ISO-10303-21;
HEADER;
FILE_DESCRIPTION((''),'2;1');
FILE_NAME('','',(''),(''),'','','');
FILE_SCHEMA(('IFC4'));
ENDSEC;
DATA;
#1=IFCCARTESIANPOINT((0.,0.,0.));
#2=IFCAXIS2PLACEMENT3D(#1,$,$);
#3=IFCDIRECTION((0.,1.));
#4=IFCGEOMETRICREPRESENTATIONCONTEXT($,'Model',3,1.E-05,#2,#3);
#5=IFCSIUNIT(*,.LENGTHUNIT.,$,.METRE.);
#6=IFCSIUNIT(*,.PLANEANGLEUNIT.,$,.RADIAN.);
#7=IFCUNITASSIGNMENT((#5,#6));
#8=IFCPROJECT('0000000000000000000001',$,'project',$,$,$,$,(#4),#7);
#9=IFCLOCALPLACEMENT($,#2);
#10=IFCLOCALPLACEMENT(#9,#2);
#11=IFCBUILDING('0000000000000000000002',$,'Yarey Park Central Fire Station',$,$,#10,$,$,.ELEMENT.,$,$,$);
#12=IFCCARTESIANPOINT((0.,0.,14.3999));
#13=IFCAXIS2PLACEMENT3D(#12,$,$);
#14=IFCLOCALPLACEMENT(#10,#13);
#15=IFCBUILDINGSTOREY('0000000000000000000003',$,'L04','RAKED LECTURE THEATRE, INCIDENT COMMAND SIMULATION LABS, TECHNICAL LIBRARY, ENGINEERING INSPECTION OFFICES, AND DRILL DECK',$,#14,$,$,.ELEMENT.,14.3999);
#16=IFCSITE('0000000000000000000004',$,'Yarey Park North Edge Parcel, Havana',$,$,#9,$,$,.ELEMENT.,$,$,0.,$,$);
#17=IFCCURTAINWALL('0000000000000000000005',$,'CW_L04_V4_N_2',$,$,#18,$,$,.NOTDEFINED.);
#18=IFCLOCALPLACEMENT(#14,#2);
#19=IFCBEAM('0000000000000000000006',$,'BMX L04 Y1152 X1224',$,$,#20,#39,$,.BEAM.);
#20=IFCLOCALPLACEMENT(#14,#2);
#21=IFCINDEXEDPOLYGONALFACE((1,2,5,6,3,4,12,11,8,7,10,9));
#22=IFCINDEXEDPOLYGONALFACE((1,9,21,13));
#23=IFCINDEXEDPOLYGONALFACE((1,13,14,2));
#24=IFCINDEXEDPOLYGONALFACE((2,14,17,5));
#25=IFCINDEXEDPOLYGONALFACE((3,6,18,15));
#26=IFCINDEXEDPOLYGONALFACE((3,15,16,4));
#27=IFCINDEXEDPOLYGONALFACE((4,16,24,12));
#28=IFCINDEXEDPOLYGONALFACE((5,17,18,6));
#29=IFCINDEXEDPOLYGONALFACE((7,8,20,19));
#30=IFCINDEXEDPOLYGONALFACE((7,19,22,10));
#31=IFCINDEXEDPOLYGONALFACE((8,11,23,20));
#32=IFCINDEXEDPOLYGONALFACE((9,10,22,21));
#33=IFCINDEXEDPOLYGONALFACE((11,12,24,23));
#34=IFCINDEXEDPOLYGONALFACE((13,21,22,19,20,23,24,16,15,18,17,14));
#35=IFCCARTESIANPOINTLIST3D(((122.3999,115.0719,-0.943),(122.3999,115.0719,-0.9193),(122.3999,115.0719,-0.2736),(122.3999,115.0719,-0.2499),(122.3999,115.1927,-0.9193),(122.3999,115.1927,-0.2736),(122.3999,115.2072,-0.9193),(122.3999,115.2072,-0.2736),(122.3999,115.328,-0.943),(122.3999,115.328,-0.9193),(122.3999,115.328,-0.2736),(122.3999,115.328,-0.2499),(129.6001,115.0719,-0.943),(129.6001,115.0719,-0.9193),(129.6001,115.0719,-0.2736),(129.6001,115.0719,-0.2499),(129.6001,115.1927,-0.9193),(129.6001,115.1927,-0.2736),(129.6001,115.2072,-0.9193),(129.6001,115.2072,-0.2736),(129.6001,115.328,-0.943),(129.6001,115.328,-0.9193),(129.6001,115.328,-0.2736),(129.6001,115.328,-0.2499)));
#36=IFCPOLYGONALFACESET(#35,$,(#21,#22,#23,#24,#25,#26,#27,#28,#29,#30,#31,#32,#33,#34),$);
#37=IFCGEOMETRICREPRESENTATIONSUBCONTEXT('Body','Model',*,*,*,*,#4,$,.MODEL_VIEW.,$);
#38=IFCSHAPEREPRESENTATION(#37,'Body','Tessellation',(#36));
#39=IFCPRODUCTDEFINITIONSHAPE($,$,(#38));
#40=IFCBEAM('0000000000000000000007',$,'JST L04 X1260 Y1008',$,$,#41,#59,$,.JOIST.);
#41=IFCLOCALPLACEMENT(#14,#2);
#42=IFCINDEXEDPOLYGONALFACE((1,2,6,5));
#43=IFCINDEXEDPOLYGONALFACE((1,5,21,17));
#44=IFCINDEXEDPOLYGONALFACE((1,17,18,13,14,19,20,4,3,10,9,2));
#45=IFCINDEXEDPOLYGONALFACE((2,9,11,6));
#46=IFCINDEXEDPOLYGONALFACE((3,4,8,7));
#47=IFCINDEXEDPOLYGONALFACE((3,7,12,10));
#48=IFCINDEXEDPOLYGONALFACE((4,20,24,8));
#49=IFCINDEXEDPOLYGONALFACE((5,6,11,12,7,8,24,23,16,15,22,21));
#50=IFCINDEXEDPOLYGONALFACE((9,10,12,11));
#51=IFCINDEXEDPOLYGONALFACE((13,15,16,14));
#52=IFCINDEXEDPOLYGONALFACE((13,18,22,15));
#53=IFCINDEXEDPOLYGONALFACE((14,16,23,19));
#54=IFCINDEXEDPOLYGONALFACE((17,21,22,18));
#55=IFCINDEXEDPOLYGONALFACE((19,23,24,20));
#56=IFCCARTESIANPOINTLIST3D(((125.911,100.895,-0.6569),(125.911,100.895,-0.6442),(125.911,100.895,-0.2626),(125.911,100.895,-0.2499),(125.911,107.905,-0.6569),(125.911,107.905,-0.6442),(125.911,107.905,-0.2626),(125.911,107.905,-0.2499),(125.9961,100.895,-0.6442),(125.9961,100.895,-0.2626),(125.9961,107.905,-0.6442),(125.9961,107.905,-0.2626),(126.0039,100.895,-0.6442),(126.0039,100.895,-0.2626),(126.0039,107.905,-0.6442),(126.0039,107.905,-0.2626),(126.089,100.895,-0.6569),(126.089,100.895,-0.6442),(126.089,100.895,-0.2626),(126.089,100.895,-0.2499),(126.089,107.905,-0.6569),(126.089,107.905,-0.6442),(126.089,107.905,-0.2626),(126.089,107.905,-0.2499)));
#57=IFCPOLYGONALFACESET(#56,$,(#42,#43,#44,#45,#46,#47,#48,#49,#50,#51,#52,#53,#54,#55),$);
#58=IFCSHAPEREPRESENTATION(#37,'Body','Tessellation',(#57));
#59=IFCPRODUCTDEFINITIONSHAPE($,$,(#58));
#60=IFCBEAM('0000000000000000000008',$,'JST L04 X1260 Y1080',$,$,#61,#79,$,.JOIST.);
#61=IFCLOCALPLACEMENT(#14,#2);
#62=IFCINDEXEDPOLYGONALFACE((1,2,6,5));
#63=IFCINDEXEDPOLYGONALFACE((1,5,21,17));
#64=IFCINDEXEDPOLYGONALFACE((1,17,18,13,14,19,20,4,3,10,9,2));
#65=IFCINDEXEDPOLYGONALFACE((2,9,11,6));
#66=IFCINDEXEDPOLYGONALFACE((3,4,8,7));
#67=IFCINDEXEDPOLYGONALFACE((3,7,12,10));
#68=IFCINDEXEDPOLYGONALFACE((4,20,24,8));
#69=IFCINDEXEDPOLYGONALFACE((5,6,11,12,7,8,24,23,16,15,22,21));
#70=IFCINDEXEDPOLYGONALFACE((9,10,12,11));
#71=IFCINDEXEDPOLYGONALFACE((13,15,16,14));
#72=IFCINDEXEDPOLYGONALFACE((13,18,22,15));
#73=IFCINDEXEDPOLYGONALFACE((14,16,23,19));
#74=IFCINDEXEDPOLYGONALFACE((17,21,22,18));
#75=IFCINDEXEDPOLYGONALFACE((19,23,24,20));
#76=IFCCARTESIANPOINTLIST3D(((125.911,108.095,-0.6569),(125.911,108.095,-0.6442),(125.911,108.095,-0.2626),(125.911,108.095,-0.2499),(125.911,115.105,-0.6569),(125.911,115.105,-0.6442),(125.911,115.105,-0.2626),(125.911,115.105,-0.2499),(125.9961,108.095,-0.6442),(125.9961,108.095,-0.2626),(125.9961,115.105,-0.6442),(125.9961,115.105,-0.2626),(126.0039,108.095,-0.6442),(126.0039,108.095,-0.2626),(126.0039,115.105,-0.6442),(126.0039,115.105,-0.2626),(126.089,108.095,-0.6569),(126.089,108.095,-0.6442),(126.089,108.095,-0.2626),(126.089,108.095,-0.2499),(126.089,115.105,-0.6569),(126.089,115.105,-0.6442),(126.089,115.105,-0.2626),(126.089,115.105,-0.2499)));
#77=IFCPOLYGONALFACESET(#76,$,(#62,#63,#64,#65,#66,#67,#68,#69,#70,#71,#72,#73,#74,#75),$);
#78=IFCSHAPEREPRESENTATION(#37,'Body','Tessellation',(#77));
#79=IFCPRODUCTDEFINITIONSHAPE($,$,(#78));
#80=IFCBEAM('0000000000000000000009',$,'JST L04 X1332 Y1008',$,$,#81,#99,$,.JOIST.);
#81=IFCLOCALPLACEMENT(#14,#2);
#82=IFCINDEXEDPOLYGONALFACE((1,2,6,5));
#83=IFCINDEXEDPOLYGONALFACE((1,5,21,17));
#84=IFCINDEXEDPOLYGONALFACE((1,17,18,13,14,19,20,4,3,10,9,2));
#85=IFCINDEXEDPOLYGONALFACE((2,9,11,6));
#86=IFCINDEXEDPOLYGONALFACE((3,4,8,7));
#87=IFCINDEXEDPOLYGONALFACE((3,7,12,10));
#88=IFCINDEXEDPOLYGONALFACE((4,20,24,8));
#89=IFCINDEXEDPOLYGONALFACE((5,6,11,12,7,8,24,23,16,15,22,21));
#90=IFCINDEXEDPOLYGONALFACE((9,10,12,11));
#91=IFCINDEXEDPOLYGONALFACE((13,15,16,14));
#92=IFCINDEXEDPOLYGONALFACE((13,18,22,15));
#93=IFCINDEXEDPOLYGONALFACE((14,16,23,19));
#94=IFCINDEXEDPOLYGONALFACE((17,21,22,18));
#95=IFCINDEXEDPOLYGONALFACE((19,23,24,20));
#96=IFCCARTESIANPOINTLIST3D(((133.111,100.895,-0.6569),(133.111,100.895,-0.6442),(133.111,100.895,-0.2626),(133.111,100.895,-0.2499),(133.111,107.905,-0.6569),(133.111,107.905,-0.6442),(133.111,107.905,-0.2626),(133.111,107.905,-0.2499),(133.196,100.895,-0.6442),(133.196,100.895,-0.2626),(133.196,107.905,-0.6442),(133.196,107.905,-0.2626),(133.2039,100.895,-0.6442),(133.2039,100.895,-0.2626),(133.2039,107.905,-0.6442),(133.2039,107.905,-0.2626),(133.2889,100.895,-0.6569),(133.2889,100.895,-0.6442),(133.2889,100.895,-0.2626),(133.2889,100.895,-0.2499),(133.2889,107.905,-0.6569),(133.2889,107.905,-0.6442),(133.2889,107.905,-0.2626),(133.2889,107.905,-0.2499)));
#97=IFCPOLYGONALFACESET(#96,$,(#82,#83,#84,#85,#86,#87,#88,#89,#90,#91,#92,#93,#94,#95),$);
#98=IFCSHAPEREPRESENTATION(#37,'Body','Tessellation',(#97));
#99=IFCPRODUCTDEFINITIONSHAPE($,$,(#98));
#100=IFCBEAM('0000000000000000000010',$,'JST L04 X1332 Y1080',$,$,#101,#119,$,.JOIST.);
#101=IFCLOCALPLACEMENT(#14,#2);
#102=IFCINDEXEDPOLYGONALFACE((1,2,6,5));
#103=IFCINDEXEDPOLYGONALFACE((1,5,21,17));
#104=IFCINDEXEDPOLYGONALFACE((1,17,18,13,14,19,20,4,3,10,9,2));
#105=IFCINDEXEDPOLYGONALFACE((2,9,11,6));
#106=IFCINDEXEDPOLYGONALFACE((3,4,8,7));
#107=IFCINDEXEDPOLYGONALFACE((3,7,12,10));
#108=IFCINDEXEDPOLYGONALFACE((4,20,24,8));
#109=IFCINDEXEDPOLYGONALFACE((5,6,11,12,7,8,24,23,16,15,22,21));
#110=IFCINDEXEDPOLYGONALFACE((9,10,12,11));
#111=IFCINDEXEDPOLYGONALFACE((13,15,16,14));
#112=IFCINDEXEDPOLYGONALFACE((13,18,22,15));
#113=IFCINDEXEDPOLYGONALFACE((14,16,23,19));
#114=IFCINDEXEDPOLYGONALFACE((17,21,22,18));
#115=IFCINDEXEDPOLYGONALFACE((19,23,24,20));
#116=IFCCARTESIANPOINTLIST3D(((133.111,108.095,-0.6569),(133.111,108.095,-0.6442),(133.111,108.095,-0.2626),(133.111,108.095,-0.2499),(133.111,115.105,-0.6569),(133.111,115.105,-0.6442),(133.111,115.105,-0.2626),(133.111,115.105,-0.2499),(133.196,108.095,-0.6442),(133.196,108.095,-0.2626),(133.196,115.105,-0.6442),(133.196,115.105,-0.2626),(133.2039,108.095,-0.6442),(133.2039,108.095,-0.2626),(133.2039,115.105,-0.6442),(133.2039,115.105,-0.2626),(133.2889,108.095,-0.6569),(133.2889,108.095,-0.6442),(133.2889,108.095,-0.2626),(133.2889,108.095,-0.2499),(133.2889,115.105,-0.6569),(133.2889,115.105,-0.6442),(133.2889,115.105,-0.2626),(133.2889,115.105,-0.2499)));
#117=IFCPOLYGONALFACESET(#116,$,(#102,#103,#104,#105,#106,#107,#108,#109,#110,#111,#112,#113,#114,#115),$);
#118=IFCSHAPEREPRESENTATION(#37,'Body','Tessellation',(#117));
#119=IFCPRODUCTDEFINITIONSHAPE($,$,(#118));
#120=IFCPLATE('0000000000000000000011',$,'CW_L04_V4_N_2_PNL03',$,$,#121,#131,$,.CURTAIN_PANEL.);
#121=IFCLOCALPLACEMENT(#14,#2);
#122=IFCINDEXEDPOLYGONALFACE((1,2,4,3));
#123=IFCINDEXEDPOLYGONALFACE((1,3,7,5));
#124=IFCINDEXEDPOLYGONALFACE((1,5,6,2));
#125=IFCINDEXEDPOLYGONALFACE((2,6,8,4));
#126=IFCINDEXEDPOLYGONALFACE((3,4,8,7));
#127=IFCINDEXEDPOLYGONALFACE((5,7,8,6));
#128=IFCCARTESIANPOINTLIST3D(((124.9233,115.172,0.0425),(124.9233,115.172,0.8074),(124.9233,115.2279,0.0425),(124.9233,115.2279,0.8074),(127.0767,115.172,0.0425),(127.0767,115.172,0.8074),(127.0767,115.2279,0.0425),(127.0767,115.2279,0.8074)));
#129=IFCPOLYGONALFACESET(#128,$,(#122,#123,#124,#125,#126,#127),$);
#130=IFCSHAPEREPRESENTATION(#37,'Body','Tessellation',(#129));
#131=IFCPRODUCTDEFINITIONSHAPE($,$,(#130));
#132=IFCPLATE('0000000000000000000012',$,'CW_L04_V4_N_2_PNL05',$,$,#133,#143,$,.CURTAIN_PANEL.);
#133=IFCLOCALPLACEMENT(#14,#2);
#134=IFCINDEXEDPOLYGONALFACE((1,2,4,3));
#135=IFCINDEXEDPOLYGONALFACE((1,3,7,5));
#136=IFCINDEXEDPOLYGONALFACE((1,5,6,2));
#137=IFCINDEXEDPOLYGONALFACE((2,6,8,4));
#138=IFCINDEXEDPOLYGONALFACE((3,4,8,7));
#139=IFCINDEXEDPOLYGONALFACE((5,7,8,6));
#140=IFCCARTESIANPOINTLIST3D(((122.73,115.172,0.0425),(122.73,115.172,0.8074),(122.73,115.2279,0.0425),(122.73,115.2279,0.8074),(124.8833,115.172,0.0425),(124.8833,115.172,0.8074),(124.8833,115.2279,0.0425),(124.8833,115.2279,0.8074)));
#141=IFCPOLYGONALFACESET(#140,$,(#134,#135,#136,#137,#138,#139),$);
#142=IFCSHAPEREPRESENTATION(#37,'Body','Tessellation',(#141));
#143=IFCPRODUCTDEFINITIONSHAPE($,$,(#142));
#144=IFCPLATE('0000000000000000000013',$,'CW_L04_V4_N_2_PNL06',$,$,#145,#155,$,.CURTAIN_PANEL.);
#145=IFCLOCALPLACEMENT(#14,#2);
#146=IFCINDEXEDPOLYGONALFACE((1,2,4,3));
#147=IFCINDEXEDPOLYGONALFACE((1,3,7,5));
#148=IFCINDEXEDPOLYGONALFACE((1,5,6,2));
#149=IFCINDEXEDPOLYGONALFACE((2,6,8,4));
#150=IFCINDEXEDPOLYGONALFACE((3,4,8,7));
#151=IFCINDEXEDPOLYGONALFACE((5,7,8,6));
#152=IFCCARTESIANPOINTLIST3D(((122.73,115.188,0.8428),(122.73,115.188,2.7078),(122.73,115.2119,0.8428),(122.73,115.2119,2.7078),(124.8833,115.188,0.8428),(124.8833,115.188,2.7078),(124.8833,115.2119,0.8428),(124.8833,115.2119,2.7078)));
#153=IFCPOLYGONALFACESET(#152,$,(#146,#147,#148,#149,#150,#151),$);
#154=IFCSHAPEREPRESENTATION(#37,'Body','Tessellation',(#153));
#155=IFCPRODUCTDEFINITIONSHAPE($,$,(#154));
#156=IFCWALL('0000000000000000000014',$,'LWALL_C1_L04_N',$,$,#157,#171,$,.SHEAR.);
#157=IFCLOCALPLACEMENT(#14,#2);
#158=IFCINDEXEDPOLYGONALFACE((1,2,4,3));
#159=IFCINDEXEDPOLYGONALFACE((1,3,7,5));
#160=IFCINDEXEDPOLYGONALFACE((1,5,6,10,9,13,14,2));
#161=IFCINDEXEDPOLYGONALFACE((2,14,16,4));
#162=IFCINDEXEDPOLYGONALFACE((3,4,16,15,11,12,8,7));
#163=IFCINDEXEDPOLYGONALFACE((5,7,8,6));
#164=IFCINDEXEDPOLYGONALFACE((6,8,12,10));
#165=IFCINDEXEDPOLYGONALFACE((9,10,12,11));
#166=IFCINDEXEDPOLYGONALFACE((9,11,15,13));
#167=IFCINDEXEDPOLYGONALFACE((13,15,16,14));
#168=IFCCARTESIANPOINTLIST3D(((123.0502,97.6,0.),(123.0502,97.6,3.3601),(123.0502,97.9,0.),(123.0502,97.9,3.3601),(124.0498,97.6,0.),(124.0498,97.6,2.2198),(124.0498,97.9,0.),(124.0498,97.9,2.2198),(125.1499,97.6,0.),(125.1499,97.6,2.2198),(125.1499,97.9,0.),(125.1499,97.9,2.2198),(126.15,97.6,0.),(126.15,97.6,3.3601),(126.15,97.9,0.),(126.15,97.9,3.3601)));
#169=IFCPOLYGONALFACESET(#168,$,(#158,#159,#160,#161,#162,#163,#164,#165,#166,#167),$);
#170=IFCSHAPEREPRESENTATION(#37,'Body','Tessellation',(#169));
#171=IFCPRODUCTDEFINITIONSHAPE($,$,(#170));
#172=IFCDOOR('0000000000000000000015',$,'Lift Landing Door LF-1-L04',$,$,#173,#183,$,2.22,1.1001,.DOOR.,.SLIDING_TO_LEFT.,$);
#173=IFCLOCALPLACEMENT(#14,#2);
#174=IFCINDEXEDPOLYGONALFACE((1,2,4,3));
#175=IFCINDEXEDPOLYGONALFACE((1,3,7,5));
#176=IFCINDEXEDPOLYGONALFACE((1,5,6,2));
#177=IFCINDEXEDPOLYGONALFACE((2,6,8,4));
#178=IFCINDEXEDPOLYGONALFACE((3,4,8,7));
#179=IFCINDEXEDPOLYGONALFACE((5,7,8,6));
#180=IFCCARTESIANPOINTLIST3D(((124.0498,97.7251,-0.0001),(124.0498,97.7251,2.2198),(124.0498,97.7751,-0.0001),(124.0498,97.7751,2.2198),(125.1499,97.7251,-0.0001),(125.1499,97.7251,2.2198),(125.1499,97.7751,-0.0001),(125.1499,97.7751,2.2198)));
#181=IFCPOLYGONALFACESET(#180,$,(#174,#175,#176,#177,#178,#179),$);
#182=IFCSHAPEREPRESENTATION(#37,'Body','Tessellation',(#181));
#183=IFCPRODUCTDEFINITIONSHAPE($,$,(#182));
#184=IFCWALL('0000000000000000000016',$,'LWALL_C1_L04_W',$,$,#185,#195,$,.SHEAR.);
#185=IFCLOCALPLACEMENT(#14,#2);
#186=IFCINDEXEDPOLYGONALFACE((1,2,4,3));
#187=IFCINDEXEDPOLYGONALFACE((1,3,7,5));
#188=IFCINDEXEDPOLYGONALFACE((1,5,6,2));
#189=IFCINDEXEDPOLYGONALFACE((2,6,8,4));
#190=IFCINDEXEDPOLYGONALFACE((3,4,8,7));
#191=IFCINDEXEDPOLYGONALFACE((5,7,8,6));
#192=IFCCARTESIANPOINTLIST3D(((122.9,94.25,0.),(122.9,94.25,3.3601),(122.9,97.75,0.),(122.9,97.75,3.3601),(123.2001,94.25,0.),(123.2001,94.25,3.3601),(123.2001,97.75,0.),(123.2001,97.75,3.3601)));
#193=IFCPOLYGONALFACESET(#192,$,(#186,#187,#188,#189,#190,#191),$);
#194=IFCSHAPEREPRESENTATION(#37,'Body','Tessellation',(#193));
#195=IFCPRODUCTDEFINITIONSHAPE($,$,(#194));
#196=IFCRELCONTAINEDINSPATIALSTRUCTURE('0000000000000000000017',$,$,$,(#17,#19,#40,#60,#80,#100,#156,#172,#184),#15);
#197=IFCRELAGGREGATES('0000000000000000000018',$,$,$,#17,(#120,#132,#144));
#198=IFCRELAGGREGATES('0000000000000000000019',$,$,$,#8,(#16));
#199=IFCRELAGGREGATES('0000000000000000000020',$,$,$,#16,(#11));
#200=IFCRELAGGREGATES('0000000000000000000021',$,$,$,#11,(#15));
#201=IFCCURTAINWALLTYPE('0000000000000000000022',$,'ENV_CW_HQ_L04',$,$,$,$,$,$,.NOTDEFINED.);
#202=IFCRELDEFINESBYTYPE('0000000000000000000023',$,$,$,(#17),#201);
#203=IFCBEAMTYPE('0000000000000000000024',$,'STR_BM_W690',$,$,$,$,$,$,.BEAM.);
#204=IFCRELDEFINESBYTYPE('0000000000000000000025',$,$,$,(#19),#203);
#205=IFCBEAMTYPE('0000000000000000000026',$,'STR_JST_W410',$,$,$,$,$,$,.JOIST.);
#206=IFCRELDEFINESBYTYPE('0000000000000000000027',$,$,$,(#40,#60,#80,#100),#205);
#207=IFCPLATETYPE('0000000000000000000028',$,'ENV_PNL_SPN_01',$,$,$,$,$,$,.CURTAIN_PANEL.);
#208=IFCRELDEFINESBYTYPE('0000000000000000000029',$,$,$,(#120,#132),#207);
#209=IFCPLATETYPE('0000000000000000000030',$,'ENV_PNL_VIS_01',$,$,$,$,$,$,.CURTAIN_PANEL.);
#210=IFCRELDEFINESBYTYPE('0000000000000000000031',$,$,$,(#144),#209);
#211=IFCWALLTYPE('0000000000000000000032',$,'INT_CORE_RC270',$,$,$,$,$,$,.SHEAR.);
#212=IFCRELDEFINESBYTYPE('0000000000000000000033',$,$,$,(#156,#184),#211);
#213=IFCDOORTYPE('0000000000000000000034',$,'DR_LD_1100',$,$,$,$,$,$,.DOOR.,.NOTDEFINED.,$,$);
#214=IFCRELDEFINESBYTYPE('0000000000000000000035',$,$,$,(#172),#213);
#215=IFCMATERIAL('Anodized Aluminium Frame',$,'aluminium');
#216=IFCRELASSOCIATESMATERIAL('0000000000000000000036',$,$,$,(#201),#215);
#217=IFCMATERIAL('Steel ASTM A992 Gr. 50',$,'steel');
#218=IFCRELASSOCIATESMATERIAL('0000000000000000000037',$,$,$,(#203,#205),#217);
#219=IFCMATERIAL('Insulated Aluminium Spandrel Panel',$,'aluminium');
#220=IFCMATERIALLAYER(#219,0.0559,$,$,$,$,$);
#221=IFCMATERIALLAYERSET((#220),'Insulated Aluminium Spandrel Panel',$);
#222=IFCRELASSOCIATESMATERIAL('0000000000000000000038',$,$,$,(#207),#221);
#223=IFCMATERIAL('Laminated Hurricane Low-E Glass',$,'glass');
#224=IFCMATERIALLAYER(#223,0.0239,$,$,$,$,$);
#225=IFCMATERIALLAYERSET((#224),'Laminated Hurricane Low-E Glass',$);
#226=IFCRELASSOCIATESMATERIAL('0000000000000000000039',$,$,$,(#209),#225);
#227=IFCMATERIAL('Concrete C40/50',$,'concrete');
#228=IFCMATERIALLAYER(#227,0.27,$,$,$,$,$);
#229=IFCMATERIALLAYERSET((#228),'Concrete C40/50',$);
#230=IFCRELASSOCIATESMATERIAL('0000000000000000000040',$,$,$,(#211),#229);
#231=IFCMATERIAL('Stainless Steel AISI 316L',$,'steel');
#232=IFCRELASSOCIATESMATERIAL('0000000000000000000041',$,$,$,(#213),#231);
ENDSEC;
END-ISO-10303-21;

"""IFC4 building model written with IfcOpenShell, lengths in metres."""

from ifc_helpers import new_model, si_unit, direction, frame, frame_2d, origin, origin_2d, place, context, subcontext, project, spatial, rectangle, i_section, extrude, material, layer, layer_set, material_profile, profile_set, type_object, element, fill, aggregate, save


model = new_model("IFC4")

# Units and contexts
model_context = context("Model", 3, precision=1e-05, world=origin(), true_north=direction((0.0, 1.0)))
body_context = subcontext(model_context, "Body", "Model", "MODEL_VIEW")
ifc_project = project(units=[si_unit("LENGTHUNIT", "METRE"), si_unit("PLANEANGLEUNIT", "RADIAN")], contexts=[model_context])

# Site, building, storey
site_placement = place(None, origin())
site = spatial("IfcSite", under=ifc_project, at=site_placement, Name="Yarey Park North Edge Parcel, Havana", CompositionType="ELEMENT", RefElevation=0.0)
building_placement = place(site_placement, origin())
building = spatial("IfcBuilding", under=site, at=building_placement, Name="Yarey Park Central Fire Station", CompositionType="ELEMENT")
storey_placement = place(building_placement, frame((0.0, 0.0, 14.3999)))
storey = spatial("IfcBuildingStorey", under=building, at=storey_placement, Name="L04", Description="RAKED LECTURE THEATRE, INCIDENT COMMAND SIMULATION LABS, TECHNICAL LIBRARY, ENGINEERING INSPECTION OFFICES, AND DRILL DECK", CompositionType="ELEMENT", Elevation=14.3999)

# Shared definitions
ifc_material_1 = material(Name="Concrete C40/50", Category="concrete")

# Curtain wall
ifc_material_2 = material(Name="Anodized Aluminium Frame", Category="aluminium")
curtain_wall_type = type_object("IfcCurtainWallType", Name="ENV_CW_HQ_L04", PredefinedType="NOTDEFINED", material=ifc_material_2)
curtain_wall_placement = place(storey_placement, origin())
curtain_wall = element("IfcCurtainWall", 1, at=curtain_wall_placement, inside=storey, type_object=curtain_wall_type, Name="CW_L04_V4_N_2", PredefinedType="NOTDEFINED")

# Beams
ifc_material_3 = material(Name="Steel ASTM A992 Gr. 50", Category="steel")
ifc_material_profile_1 = material_profile(ifc_material_3, i_section(OverallWidth=0.2561, OverallDepth=0.6931, WebThickness=0.0144, FlangeThickness=0.0237, at=origin_2d()), Name="W690x170")
ifc_profile_set_1 = profile_set([ifc_material_profile_1], Name="Steel ASTM A992 Gr. 50")
beam_type_1 = type_object("IfcBeamType", Name="STR_BM_W690", PredefinedType="BEAM", material=ifc_profile_set_1)
beam_placement = place(storey_placement, frame((122.3999, 115.2, -0.5964), z_axis=(1.0, 0.0, 0.0), x_axis=(0.0, 1.0, 0.0)))
element("IfcBeam", 2, at=beam_placement, inside=storey, type_object=beam_type_1, Name="BMX L04 Y1152 X1224", PredefinedType="BEAM", context=body_context, shape_type="SweptSolid", body=[
    extrude(i_section(OverallWidth=0.2561, OverallDepth=0.6931, WebThickness=0.0144, FlangeThickness=0.0237, at=origin_2d()), origin(), (0.0, 0.0, 1.0), 7.2002),
])
ifc_material_profile_2 = material_profile(ifc_material_3, i_section(OverallWidth=0.178, OverallDepth=0.407, WebThickness=0.0078, FlangeThickness=0.0127, at=origin_2d()), Name="W410x60")
ifc_profile_set_2 = profile_set([ifc_material_profile_2], Name="Steel ASTM A992 Gr. 50")
beam_type_2 = type_object("IfcBeamType", Name="STR_JST_W410", PredefinedType="JOIST", material=ifc_profile_set_2)
for number, where, z_axis, x_axis, name in (
    (3, (126.0, 100.895, -0.4534), (0.0, 1.0, 0.0), (-1.0, 0.0, 0.0), "JST L04 X1260 Y1008"),
    (4, (126.0, 108.095, -0.4534), (0.0, 1.0, 0.0), (-1.0, 0.0, 0.0), "JST L04 X1260 Y1080"),
    (5, (133.2, 100.895, -0.4534), (0.0, 1.0, 0.0), (-1.0, 0.0, 0.0), "JST L04 X1332 Y1008"),
    (6, (133.2, 108.095, -0.4534), (0.0, 1.0, 0.0), (-1.0, 0.0, 0.0), "JST L04 X1332 Y1080"),
):
    element("IfcBeam", number, at=place(storey_placement, frame(where, z_axis=z_axis, x_axis=x_axis)), inside=storey, type_object=beam_type_2, Name=name, PredefinedType="JOIST", context=body_context, shape_type="SweptSolid", body=[
        extrude(i_section(OverallWidth=0.178, OverallDepth=0.407, WebThickness=0.0078, FlangeThickness=0.0127, at=origin_2d()), origin(), (0.0, 0.0, 1.0), 7.01),
    ])

# Plates
ifc_material_4 = material(Name="Insulated Aluminium Spandrel Panel", Category="aluminium")
ifc_layer_1 = layer(ifc_material_4, 0.0559)
ifc_layer_set_1 = layer_set([ifc_layer_1], Name="Insulated Aluminium Spandrel Panel")
plate_type_1 = type_object("IfcPlateType", Name="ENV_PNL_SPN_01", PredefinedType="CURTAIN_PANEL", material=ifc_layer_set_1)
plate_1_placement = place(storey_placement, frame((126.0, 115.2, 0.0425), z_axis=(0.0, 0.0, 1.0), x_axis=(-1.0, 0.0, 0.0)))
plate_1 = element("IfcPlate", 7, at=plate_1_placement, type_object=plate_type_1, Name="CW_L04_V4_N_2_PNL03", PredefinedType="CURTAIN_PANEL", context=body_context, shape_type="SweptSolid", body=[
    extrude(rectangle(XDim=2.1533, YDim=0.0559, at=origin_2d()), origin(), (0.0, 0.0, 1.0), 0.7649),
])
plate_2_placement = place(storey_placement, frame((123.8066, 115.2, 0.0425), z_axis=(0.0, 0.0, 1.0), x_axis=(-1.0, 0.0, 0.0)))
plate_2 = element("IfcPlate", 8, at=plate_2_placement, type_object=plate_type_1, Name="CW_L04_V4_N_2_PNL05", PredefinedType="CURTAIN_PANEL", context=body_context, shape_type="SweptSolid", body=[
    extrude(rectangle(XDim=2.1533, YDim=0.0559, at=origin_2d()), origin(), (0.0, 0.0, 1.0), 0.7649),
])
ifc_material_5 = material(Name="Laminated Hurricane Low-E Glass", Category="glass")
ifc_layer_2 = layer(ifc_material_5, 0.0239)
ifc_layer_set_2 = layer_set([ifc_layer_2], Name="Laminated Hurricane Low-E Glass")
plate_type_2 = type_object("IfcPlateType", Name="ENV_PNL_VIS_01", PredefinedType="CURTAIN_PANEL", material=ifc_layer_set_2)
plate_3_placement = place(storey_placement, frame((123.8066, 115.2, 0.8428), z_axis=(0.0, 0.0, 1.0), x_axis=(-1.0, 0.0, 0.0)))
plate_3 = element("IfcPlate", 9, at=plate_3_placement, type_object=plate_type_2, Name="CW_L04_V4_N_2_PNL06", PredefinedType="CURTAIN_PANEL", context=body_context, shape_type="SweptSolid", body=[
    extrude(rectangle(XDim=2.1533, YDim=0.0239, at=origin_2d()), origin(), (0.0, 0.0, 1.0), 1.865),
])
aggregate(curtain_wall, [plate_1, plate_2, plate_3])

# Wall, opening, door
ifc_layer_3 = layer(ifc_material_1, 0.27)
ifc_layer_set_3 = layer_set([ifc_layer_3], Name="Concrete C40/50")
wall_type = type_object("IfcWallType", Name="INT_CORE_RC270", PredefinedType="SHEAR", material=ifc_layer_set_3)
wall_1_placement = place(storey_placement, frame((126.1499, 97.75, 0.0), z_axis=(0.0, 0.0, 1.0), x_axis=(-1.0, 0.0, 0.0)))
wall_1 = element("IfcWall", 10, at=wall_1_placement, inside=storey, type_object=wall_type, Name="LWALL_C1_L04_N", PredefinedType="SHEAR", context=body_context, shape_type="SweptSolid", body=[
    extrude(rectangle(XDim=3.0999, YDim=0.3, at=frame_2d((1.5498, 0.0))), origin(), (0.0, 0.0, 1.0), 3.3601),
])
opening_1_placement = place(wall_1_placement, frame((1.0, 0.0, 0.0)))
opening_1 = element("IfcOpeningElement", 11, at=opening_1_placement, cuts=wall_1, PredefinedType="OPENING", context=body_context, shape_type="SweptSolid", body=[
    extrude(rectangle(XDim=1.1001, YDim=2.22, at=frame_2d((0.55, 1.1099))), frame((0.0, 0.1599, 0.0), z_axis=(0.0, -1.0, 0.0), x_axis=(1.0, 0.0, 0.0)), (0.0, 0.0, 1.0), 0.3201),
])
ifc_material_6 = material(Name="Stainless Steel AISI 316L", Category="steel")
door_type_1 = type_object("IfcDoorType", Name="DR_LD_1100", OperationType="NOTDEFINED", PredefinedType="DOOR", material=ifc_material_6)
door_1_placement = place(opening_1_placement, origin())
door_1 = element("IfcDoor", 12, at=door_1_placement, inside=storey, type_object=door_type_1, Name="Lift Landing Door LF-1-L04", OperationType="SLIDING_TO_LEFT", OverallHeight=2.22, OverallWidth=1.1001, PredefinedType="DOOR", context=body_context, shape_type="SweptSolid", body=[
    extrude(rectangle(XDim=1.1001, YDim=2.22, at=frame_2d((0.55, 1.1099))), frame((0.0, 0.0249, 0.0), z_axis=(0.0, -1.0, 0.0), x_axis=(1.0, 0.0, 0.0)), (0.0, 0.0, 1.0), 0.05),
])
fill(opening_1, door_1)

# Wall
wall_2_placement = place(storey_placement, frame((123.05, 97.75, 0.0), z_axis=(0.0, 0.0, 1.0), x_axis=(0.0, -1.0, 0.0)))
element("IfcWall", 13, at=wall_2_placement, inside=storey, type_object=wall_type, Name="LWALL_C1_L04_W", PredefinedType="SHEAR", context=body_context, shape_type="SweptSolid", body=[
    extrude(rectangle(XDim=3.5, YDim=0.3, at=frame_2d((1.75, 0.0))), origin(), (0.0, 0.0, 1.0), 3.3601),
])

save(model, "model.ifc")
